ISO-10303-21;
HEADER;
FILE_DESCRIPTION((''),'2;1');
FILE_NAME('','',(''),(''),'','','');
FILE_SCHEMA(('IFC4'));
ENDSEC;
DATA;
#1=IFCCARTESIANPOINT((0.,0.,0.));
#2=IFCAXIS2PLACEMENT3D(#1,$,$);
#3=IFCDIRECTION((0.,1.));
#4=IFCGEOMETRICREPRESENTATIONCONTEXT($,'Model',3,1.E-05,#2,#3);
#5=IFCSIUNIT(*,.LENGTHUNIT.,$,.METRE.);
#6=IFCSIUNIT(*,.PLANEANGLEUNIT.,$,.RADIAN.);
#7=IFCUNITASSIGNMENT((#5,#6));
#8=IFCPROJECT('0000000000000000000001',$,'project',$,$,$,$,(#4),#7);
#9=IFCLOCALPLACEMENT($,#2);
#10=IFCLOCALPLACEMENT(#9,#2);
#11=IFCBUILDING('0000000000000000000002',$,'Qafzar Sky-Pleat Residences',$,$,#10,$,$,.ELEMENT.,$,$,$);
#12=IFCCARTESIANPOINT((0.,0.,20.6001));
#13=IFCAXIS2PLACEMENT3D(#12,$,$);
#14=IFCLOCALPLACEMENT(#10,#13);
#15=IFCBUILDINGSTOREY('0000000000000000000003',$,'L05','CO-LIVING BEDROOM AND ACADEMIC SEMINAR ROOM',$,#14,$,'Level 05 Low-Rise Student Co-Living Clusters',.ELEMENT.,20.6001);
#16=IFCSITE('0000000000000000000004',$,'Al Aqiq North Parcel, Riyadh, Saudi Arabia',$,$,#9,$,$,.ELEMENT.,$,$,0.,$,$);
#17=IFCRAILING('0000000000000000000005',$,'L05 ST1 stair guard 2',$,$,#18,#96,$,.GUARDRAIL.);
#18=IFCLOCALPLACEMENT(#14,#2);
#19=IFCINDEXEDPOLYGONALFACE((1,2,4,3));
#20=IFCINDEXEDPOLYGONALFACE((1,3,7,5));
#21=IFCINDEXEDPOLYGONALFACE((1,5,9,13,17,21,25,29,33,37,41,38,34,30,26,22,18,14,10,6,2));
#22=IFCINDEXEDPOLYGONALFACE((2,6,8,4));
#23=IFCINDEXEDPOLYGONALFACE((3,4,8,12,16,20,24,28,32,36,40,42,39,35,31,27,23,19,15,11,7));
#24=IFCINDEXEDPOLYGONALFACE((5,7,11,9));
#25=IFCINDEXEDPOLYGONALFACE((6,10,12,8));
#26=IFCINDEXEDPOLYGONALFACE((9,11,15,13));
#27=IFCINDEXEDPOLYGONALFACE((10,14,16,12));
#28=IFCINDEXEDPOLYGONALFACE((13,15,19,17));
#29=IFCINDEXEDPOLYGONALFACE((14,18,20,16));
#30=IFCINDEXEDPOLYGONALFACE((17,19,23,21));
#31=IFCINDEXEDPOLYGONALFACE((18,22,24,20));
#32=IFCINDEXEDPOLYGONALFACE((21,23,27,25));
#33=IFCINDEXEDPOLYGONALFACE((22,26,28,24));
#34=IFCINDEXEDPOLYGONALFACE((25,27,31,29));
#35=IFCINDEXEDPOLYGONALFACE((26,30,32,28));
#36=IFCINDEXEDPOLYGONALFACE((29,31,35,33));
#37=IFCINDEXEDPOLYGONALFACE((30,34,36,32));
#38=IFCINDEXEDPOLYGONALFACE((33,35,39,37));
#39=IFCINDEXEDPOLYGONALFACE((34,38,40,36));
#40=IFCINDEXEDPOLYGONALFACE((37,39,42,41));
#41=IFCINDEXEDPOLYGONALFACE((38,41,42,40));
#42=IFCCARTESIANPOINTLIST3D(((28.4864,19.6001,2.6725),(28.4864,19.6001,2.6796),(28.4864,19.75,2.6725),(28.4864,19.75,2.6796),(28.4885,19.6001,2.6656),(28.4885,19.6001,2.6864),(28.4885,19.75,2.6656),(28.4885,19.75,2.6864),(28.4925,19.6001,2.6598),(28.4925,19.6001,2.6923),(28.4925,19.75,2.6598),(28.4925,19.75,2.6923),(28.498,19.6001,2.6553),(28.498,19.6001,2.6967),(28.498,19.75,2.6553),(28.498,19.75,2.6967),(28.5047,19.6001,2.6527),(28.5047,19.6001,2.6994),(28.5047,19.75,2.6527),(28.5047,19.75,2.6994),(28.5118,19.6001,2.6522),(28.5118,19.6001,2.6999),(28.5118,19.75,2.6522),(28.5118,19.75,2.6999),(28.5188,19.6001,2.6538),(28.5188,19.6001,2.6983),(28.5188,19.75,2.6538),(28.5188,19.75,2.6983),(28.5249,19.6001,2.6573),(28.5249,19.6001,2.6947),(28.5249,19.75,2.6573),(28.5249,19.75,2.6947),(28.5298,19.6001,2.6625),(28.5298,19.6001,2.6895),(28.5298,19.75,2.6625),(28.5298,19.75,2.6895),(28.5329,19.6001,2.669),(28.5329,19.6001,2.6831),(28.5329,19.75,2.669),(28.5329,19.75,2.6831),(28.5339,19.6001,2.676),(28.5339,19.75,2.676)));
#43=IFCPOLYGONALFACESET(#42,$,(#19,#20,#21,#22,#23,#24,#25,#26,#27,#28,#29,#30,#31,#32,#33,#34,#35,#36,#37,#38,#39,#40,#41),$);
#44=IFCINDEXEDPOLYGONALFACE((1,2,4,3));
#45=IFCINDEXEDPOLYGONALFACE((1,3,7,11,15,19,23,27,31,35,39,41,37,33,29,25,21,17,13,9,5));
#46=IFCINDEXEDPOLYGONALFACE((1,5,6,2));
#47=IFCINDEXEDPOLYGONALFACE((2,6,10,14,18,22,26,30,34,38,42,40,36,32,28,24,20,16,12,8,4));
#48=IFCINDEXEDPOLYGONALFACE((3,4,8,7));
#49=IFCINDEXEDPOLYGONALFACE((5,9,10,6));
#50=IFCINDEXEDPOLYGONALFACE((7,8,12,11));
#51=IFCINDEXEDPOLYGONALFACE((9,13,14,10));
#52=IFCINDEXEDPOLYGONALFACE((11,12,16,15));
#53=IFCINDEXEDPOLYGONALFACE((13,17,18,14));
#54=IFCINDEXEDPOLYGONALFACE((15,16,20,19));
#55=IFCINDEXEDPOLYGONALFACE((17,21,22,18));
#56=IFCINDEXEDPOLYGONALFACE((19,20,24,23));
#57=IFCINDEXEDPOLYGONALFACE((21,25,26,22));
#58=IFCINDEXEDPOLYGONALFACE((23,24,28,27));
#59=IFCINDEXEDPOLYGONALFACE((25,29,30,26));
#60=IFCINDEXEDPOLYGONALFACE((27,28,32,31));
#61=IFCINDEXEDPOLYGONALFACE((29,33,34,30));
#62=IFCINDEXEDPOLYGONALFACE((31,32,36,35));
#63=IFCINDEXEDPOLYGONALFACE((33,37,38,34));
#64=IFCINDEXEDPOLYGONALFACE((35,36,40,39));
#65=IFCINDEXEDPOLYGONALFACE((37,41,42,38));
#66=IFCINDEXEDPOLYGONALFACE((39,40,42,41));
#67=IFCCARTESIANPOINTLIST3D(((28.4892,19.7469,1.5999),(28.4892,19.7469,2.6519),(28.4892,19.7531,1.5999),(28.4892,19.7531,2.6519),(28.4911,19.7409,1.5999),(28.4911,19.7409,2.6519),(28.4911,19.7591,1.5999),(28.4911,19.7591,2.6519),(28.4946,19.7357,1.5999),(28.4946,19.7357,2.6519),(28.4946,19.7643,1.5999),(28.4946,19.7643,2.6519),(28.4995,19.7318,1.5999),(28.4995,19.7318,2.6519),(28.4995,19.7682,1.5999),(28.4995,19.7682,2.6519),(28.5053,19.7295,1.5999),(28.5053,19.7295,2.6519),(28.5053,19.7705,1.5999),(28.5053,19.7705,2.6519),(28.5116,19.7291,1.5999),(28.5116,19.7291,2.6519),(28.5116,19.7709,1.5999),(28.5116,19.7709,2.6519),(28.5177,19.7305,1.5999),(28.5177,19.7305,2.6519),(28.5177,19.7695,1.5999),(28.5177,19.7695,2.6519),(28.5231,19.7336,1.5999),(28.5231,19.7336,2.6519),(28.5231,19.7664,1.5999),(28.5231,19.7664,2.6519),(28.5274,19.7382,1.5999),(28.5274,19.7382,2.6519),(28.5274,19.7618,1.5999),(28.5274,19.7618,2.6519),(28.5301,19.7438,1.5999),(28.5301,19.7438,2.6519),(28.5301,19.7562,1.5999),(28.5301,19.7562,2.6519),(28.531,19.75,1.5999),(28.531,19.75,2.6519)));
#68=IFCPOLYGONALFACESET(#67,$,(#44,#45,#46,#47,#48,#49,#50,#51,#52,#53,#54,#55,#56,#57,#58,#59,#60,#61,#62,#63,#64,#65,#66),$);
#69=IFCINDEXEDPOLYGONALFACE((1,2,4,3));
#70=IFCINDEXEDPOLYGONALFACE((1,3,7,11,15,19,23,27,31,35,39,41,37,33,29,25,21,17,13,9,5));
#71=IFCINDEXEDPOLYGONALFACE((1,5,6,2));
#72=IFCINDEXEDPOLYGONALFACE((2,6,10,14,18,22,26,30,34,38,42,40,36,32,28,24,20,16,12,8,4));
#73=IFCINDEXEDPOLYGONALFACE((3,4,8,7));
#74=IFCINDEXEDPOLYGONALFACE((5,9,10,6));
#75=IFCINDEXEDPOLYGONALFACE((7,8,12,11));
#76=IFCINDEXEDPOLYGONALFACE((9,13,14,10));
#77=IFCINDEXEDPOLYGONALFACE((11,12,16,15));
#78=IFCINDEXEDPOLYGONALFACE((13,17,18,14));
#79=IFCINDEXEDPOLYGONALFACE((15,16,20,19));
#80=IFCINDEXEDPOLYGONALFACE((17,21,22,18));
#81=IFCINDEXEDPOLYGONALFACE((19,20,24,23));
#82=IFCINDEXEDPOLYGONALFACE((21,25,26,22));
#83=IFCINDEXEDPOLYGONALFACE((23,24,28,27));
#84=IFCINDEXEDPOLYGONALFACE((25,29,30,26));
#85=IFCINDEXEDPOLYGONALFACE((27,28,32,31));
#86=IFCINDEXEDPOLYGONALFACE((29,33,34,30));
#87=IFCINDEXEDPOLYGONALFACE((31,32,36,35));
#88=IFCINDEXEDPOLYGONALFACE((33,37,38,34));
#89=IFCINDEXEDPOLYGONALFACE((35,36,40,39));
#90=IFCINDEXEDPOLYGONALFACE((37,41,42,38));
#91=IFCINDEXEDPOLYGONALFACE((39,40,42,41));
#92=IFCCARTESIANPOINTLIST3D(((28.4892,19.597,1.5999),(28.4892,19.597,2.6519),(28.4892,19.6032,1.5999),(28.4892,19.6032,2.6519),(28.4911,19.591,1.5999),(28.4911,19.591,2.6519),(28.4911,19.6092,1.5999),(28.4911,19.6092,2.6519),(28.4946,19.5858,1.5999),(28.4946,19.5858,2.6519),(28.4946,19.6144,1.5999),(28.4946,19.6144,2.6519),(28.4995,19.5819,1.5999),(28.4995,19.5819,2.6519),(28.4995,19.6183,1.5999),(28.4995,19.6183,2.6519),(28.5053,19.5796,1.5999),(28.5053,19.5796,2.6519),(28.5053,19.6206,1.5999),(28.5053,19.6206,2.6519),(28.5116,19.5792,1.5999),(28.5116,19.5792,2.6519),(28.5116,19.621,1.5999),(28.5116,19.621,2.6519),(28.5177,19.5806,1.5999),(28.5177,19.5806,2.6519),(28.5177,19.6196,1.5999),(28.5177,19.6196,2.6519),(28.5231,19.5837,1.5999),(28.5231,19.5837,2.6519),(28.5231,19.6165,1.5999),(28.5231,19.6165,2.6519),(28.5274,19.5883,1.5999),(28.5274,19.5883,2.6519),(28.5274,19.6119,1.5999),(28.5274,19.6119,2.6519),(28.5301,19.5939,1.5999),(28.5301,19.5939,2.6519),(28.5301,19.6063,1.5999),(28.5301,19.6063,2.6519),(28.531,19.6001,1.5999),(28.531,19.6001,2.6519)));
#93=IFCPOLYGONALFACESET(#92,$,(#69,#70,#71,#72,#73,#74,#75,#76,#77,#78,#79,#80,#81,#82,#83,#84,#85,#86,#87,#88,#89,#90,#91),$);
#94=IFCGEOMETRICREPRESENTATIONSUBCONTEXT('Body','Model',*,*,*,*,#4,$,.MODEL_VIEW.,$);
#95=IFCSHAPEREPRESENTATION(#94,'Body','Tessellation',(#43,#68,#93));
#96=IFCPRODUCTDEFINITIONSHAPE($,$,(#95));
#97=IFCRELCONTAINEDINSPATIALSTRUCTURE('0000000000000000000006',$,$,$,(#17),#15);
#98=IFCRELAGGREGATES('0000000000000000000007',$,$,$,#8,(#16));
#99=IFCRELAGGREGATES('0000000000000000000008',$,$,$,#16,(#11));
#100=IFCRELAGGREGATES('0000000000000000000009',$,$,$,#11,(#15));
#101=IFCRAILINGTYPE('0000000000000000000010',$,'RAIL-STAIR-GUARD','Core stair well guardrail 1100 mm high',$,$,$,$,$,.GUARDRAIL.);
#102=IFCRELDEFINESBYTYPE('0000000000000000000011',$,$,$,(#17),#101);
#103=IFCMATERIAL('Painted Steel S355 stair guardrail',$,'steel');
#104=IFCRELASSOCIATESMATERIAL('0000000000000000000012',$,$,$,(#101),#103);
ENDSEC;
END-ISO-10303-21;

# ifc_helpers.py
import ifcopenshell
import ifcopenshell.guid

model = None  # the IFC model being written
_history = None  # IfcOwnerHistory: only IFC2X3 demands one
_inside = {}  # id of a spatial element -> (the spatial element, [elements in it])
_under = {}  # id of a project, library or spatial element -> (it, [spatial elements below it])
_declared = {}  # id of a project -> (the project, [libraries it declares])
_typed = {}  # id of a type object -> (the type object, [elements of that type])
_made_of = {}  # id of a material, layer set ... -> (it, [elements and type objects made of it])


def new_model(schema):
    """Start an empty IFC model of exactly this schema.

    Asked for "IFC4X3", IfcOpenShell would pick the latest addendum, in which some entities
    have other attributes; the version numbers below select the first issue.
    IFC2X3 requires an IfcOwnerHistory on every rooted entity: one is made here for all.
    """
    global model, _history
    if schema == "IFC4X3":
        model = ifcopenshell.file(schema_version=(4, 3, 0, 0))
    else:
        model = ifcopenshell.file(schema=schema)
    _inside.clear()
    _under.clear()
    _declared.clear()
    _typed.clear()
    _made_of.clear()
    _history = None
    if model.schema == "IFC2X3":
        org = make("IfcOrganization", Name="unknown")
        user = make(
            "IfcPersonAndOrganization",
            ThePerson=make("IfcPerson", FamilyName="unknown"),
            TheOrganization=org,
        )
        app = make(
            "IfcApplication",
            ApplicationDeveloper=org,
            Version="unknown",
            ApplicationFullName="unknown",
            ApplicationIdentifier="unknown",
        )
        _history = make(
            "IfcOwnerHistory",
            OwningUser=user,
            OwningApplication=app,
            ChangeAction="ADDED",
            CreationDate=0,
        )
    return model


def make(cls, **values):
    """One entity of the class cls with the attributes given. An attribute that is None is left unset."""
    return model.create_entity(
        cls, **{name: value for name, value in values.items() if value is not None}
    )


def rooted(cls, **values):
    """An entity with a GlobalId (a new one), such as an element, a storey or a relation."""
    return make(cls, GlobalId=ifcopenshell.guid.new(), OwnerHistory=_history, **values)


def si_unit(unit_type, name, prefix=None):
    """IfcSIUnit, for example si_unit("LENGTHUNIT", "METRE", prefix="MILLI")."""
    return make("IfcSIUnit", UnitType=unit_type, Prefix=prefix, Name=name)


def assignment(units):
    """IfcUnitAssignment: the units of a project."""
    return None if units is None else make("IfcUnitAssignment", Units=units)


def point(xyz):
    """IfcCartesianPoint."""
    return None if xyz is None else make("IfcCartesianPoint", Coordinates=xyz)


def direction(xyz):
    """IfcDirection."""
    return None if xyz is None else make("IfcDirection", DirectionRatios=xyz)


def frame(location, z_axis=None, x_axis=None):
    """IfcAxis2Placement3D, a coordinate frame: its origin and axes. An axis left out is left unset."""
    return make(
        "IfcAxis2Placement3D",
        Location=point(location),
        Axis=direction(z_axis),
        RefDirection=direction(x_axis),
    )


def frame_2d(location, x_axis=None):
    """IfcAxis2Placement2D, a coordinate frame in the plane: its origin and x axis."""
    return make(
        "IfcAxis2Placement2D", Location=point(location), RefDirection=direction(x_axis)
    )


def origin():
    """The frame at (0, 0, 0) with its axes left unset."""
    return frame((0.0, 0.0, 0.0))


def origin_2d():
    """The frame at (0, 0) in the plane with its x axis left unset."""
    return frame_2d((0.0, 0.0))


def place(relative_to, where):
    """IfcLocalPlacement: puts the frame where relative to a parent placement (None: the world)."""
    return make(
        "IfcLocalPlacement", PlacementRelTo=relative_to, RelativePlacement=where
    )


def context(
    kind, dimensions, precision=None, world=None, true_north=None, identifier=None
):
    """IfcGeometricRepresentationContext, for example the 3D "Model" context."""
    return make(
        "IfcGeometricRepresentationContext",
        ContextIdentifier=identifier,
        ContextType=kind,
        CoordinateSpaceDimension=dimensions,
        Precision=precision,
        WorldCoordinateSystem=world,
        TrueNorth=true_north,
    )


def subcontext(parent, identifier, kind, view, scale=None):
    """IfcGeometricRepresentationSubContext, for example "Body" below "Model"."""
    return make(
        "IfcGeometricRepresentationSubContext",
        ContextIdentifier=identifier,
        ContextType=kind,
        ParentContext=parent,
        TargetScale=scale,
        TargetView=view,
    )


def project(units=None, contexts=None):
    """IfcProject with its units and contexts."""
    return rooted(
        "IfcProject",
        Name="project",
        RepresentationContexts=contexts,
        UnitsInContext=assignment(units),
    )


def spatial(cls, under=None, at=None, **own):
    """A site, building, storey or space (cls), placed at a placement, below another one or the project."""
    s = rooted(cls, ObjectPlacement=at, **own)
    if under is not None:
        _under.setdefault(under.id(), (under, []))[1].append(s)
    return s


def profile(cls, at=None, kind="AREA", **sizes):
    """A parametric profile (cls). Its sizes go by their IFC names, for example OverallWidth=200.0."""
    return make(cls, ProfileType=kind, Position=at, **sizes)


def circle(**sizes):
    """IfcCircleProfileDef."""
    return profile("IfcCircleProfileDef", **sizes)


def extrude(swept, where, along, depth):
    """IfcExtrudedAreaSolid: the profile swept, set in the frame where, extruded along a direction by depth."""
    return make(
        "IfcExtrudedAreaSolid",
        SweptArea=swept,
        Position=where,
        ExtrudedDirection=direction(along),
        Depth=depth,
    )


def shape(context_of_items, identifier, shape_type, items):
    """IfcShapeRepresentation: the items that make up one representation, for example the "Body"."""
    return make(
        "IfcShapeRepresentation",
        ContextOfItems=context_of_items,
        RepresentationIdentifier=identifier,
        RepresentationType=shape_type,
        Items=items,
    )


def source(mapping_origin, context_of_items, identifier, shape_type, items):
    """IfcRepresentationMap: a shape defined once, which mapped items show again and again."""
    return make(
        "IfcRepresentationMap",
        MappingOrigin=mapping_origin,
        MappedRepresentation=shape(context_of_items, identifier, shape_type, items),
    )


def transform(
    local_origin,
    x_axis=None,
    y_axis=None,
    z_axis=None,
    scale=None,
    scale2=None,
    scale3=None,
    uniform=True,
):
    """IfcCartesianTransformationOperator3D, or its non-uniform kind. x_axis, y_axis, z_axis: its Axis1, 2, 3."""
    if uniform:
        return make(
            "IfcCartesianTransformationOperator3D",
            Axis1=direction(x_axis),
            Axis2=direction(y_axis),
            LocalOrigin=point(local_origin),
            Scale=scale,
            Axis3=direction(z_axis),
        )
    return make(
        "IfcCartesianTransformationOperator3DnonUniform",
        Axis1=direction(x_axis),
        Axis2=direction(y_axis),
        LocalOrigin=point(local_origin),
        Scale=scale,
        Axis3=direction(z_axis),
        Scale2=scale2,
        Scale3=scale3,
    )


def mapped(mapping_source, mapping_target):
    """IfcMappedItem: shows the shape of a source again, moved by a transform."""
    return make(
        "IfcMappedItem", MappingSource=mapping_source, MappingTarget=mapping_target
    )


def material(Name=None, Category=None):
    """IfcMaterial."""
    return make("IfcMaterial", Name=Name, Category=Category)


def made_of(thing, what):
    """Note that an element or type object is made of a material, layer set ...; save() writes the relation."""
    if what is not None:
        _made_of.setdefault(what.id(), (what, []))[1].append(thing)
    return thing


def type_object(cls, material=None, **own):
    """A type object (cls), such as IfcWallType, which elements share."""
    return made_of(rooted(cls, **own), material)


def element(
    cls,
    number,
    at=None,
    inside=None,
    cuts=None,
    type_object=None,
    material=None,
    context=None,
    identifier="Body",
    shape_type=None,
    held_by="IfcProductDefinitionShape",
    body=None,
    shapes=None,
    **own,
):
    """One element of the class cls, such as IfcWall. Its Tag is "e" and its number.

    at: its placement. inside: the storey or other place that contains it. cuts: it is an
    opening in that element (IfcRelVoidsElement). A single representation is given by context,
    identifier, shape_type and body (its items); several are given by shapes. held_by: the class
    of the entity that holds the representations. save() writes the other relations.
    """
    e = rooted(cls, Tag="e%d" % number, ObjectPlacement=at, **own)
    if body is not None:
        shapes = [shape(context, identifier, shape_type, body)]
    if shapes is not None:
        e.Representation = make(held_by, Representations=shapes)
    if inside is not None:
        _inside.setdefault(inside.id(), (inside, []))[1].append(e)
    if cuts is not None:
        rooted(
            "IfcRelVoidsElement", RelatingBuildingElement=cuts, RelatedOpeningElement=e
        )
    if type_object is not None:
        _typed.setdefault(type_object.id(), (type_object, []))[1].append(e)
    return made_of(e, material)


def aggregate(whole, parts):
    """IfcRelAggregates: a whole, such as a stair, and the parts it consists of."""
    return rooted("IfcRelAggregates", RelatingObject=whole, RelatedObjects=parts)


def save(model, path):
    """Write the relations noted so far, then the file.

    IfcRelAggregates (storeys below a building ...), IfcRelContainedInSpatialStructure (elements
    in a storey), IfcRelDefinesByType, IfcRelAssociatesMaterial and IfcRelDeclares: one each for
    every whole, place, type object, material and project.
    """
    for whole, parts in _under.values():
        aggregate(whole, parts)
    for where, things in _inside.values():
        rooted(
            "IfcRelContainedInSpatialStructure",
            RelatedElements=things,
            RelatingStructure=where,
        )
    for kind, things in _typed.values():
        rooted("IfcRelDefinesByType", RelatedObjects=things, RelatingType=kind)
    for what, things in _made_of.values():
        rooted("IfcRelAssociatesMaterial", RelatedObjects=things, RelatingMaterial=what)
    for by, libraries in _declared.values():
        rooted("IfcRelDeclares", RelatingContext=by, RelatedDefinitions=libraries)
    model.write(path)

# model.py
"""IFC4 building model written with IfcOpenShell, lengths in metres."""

from ifc_helpers import new_model, si_unit, direction, frame, origin, origin_2d, place, context, subcontext, project, spatial, circle, extrude, source, transform, mapped, material, type_object, element, save


model = new_model("IFC4")

# Units and contexts
model_context = context("Model", 3, precision=1e-05, world=origin(), true_north=direction((0.0, 1.0)))
body_context = subcontext(model_context, "Body", "Model", "MODEL_VIEW")
ifc_project = project(units=[si_unit("LENGTHUNIT", "METRE"), si_unit("PLANEANGLEUNIT", "RADIAN")], contexts=[model_context])

# Site, building, storey
site_placement = place(None, origin())
site = spatial("IfcSite", under=ifc_project, at=site_placement, Name="Al Aqiq North Parcel, Riyadh, Saudi Arabia", CompositionType="ELEMENT", RefElevation=0.0)
building_placement = place(site_placement, origin())
building = spatial("IfcBuilding", under=site, at=building_placement, Name="Qafzar Sky-Pleat Residences", CompositionType="ELEMENT")
storey_placement = place(building_placement, frame((0.0, 0.0, 20.6001)))
storey = spatial("IfcBuildingStorey", under=building, at=storey_placement, Name="L05", Description="CO-LIVING BEDROOM AND ACADEMIC SEMINAR ROOM", LongName="Level 05 Low-Rise Student Co-Living Clusters", CompositionType="ELEMENT", Elevation=20.6001)

# Railing
ifc_material_1 = material(Name="Painted Steel S355 stair guardrail", Category="steel")
railing_type_1 = type_object("IfcRailingType", Name="RAIL-STAIR-GUARD", Description="Core stair well guardrail 1100 mm high", PredefinedType="GUARDRAIL", material=ifc_material_1)
shared_shape_1 = source(origin(), body_context, "Body", "SweptSolid", [
    extrude(circle(Radius=0.0239, at=origin_2d()), frame((0.0, 0.0, 1.0762), z_axis=(0.0, -1.0, 0.0), x_axis=(1.0, 0.0, 0.0)), (0.0, 0.0, 1.0), 0.1499),
    extrude(circle(Radius=0.021, at=origin_2d()), origin(), (0.0, 0.0, 1.0), 1.052),
    extrude(circle(Radius=0.021, at=origin_2d()), frame((0.0, -0.1499, 0.0)), (0.0, 0.0, 1.0), 1.052),
])
railing_1_placement = place(storey_placement, frame((28.51, 19.75, 1.5999)))
element("IfcRailing", 1, at=railing_1_placement, inside=storey, type_object=railing_type_1, Name="L05 ST1 stair guard 2", PredefinedType="GUARDRAIL", context=body_context, shape_type="MappedRepresentation", body=[
    mapped(shared_shape_1, transform((0.0, 0.0, 0.0), x_axis=(1.0, 0.0, 0.0), y_axis=(0.0, 1.0, 0.0), z_axis=(0.0, 0.0, 1.0), scale=1.0)),
])

save(model, "model.ifc")
